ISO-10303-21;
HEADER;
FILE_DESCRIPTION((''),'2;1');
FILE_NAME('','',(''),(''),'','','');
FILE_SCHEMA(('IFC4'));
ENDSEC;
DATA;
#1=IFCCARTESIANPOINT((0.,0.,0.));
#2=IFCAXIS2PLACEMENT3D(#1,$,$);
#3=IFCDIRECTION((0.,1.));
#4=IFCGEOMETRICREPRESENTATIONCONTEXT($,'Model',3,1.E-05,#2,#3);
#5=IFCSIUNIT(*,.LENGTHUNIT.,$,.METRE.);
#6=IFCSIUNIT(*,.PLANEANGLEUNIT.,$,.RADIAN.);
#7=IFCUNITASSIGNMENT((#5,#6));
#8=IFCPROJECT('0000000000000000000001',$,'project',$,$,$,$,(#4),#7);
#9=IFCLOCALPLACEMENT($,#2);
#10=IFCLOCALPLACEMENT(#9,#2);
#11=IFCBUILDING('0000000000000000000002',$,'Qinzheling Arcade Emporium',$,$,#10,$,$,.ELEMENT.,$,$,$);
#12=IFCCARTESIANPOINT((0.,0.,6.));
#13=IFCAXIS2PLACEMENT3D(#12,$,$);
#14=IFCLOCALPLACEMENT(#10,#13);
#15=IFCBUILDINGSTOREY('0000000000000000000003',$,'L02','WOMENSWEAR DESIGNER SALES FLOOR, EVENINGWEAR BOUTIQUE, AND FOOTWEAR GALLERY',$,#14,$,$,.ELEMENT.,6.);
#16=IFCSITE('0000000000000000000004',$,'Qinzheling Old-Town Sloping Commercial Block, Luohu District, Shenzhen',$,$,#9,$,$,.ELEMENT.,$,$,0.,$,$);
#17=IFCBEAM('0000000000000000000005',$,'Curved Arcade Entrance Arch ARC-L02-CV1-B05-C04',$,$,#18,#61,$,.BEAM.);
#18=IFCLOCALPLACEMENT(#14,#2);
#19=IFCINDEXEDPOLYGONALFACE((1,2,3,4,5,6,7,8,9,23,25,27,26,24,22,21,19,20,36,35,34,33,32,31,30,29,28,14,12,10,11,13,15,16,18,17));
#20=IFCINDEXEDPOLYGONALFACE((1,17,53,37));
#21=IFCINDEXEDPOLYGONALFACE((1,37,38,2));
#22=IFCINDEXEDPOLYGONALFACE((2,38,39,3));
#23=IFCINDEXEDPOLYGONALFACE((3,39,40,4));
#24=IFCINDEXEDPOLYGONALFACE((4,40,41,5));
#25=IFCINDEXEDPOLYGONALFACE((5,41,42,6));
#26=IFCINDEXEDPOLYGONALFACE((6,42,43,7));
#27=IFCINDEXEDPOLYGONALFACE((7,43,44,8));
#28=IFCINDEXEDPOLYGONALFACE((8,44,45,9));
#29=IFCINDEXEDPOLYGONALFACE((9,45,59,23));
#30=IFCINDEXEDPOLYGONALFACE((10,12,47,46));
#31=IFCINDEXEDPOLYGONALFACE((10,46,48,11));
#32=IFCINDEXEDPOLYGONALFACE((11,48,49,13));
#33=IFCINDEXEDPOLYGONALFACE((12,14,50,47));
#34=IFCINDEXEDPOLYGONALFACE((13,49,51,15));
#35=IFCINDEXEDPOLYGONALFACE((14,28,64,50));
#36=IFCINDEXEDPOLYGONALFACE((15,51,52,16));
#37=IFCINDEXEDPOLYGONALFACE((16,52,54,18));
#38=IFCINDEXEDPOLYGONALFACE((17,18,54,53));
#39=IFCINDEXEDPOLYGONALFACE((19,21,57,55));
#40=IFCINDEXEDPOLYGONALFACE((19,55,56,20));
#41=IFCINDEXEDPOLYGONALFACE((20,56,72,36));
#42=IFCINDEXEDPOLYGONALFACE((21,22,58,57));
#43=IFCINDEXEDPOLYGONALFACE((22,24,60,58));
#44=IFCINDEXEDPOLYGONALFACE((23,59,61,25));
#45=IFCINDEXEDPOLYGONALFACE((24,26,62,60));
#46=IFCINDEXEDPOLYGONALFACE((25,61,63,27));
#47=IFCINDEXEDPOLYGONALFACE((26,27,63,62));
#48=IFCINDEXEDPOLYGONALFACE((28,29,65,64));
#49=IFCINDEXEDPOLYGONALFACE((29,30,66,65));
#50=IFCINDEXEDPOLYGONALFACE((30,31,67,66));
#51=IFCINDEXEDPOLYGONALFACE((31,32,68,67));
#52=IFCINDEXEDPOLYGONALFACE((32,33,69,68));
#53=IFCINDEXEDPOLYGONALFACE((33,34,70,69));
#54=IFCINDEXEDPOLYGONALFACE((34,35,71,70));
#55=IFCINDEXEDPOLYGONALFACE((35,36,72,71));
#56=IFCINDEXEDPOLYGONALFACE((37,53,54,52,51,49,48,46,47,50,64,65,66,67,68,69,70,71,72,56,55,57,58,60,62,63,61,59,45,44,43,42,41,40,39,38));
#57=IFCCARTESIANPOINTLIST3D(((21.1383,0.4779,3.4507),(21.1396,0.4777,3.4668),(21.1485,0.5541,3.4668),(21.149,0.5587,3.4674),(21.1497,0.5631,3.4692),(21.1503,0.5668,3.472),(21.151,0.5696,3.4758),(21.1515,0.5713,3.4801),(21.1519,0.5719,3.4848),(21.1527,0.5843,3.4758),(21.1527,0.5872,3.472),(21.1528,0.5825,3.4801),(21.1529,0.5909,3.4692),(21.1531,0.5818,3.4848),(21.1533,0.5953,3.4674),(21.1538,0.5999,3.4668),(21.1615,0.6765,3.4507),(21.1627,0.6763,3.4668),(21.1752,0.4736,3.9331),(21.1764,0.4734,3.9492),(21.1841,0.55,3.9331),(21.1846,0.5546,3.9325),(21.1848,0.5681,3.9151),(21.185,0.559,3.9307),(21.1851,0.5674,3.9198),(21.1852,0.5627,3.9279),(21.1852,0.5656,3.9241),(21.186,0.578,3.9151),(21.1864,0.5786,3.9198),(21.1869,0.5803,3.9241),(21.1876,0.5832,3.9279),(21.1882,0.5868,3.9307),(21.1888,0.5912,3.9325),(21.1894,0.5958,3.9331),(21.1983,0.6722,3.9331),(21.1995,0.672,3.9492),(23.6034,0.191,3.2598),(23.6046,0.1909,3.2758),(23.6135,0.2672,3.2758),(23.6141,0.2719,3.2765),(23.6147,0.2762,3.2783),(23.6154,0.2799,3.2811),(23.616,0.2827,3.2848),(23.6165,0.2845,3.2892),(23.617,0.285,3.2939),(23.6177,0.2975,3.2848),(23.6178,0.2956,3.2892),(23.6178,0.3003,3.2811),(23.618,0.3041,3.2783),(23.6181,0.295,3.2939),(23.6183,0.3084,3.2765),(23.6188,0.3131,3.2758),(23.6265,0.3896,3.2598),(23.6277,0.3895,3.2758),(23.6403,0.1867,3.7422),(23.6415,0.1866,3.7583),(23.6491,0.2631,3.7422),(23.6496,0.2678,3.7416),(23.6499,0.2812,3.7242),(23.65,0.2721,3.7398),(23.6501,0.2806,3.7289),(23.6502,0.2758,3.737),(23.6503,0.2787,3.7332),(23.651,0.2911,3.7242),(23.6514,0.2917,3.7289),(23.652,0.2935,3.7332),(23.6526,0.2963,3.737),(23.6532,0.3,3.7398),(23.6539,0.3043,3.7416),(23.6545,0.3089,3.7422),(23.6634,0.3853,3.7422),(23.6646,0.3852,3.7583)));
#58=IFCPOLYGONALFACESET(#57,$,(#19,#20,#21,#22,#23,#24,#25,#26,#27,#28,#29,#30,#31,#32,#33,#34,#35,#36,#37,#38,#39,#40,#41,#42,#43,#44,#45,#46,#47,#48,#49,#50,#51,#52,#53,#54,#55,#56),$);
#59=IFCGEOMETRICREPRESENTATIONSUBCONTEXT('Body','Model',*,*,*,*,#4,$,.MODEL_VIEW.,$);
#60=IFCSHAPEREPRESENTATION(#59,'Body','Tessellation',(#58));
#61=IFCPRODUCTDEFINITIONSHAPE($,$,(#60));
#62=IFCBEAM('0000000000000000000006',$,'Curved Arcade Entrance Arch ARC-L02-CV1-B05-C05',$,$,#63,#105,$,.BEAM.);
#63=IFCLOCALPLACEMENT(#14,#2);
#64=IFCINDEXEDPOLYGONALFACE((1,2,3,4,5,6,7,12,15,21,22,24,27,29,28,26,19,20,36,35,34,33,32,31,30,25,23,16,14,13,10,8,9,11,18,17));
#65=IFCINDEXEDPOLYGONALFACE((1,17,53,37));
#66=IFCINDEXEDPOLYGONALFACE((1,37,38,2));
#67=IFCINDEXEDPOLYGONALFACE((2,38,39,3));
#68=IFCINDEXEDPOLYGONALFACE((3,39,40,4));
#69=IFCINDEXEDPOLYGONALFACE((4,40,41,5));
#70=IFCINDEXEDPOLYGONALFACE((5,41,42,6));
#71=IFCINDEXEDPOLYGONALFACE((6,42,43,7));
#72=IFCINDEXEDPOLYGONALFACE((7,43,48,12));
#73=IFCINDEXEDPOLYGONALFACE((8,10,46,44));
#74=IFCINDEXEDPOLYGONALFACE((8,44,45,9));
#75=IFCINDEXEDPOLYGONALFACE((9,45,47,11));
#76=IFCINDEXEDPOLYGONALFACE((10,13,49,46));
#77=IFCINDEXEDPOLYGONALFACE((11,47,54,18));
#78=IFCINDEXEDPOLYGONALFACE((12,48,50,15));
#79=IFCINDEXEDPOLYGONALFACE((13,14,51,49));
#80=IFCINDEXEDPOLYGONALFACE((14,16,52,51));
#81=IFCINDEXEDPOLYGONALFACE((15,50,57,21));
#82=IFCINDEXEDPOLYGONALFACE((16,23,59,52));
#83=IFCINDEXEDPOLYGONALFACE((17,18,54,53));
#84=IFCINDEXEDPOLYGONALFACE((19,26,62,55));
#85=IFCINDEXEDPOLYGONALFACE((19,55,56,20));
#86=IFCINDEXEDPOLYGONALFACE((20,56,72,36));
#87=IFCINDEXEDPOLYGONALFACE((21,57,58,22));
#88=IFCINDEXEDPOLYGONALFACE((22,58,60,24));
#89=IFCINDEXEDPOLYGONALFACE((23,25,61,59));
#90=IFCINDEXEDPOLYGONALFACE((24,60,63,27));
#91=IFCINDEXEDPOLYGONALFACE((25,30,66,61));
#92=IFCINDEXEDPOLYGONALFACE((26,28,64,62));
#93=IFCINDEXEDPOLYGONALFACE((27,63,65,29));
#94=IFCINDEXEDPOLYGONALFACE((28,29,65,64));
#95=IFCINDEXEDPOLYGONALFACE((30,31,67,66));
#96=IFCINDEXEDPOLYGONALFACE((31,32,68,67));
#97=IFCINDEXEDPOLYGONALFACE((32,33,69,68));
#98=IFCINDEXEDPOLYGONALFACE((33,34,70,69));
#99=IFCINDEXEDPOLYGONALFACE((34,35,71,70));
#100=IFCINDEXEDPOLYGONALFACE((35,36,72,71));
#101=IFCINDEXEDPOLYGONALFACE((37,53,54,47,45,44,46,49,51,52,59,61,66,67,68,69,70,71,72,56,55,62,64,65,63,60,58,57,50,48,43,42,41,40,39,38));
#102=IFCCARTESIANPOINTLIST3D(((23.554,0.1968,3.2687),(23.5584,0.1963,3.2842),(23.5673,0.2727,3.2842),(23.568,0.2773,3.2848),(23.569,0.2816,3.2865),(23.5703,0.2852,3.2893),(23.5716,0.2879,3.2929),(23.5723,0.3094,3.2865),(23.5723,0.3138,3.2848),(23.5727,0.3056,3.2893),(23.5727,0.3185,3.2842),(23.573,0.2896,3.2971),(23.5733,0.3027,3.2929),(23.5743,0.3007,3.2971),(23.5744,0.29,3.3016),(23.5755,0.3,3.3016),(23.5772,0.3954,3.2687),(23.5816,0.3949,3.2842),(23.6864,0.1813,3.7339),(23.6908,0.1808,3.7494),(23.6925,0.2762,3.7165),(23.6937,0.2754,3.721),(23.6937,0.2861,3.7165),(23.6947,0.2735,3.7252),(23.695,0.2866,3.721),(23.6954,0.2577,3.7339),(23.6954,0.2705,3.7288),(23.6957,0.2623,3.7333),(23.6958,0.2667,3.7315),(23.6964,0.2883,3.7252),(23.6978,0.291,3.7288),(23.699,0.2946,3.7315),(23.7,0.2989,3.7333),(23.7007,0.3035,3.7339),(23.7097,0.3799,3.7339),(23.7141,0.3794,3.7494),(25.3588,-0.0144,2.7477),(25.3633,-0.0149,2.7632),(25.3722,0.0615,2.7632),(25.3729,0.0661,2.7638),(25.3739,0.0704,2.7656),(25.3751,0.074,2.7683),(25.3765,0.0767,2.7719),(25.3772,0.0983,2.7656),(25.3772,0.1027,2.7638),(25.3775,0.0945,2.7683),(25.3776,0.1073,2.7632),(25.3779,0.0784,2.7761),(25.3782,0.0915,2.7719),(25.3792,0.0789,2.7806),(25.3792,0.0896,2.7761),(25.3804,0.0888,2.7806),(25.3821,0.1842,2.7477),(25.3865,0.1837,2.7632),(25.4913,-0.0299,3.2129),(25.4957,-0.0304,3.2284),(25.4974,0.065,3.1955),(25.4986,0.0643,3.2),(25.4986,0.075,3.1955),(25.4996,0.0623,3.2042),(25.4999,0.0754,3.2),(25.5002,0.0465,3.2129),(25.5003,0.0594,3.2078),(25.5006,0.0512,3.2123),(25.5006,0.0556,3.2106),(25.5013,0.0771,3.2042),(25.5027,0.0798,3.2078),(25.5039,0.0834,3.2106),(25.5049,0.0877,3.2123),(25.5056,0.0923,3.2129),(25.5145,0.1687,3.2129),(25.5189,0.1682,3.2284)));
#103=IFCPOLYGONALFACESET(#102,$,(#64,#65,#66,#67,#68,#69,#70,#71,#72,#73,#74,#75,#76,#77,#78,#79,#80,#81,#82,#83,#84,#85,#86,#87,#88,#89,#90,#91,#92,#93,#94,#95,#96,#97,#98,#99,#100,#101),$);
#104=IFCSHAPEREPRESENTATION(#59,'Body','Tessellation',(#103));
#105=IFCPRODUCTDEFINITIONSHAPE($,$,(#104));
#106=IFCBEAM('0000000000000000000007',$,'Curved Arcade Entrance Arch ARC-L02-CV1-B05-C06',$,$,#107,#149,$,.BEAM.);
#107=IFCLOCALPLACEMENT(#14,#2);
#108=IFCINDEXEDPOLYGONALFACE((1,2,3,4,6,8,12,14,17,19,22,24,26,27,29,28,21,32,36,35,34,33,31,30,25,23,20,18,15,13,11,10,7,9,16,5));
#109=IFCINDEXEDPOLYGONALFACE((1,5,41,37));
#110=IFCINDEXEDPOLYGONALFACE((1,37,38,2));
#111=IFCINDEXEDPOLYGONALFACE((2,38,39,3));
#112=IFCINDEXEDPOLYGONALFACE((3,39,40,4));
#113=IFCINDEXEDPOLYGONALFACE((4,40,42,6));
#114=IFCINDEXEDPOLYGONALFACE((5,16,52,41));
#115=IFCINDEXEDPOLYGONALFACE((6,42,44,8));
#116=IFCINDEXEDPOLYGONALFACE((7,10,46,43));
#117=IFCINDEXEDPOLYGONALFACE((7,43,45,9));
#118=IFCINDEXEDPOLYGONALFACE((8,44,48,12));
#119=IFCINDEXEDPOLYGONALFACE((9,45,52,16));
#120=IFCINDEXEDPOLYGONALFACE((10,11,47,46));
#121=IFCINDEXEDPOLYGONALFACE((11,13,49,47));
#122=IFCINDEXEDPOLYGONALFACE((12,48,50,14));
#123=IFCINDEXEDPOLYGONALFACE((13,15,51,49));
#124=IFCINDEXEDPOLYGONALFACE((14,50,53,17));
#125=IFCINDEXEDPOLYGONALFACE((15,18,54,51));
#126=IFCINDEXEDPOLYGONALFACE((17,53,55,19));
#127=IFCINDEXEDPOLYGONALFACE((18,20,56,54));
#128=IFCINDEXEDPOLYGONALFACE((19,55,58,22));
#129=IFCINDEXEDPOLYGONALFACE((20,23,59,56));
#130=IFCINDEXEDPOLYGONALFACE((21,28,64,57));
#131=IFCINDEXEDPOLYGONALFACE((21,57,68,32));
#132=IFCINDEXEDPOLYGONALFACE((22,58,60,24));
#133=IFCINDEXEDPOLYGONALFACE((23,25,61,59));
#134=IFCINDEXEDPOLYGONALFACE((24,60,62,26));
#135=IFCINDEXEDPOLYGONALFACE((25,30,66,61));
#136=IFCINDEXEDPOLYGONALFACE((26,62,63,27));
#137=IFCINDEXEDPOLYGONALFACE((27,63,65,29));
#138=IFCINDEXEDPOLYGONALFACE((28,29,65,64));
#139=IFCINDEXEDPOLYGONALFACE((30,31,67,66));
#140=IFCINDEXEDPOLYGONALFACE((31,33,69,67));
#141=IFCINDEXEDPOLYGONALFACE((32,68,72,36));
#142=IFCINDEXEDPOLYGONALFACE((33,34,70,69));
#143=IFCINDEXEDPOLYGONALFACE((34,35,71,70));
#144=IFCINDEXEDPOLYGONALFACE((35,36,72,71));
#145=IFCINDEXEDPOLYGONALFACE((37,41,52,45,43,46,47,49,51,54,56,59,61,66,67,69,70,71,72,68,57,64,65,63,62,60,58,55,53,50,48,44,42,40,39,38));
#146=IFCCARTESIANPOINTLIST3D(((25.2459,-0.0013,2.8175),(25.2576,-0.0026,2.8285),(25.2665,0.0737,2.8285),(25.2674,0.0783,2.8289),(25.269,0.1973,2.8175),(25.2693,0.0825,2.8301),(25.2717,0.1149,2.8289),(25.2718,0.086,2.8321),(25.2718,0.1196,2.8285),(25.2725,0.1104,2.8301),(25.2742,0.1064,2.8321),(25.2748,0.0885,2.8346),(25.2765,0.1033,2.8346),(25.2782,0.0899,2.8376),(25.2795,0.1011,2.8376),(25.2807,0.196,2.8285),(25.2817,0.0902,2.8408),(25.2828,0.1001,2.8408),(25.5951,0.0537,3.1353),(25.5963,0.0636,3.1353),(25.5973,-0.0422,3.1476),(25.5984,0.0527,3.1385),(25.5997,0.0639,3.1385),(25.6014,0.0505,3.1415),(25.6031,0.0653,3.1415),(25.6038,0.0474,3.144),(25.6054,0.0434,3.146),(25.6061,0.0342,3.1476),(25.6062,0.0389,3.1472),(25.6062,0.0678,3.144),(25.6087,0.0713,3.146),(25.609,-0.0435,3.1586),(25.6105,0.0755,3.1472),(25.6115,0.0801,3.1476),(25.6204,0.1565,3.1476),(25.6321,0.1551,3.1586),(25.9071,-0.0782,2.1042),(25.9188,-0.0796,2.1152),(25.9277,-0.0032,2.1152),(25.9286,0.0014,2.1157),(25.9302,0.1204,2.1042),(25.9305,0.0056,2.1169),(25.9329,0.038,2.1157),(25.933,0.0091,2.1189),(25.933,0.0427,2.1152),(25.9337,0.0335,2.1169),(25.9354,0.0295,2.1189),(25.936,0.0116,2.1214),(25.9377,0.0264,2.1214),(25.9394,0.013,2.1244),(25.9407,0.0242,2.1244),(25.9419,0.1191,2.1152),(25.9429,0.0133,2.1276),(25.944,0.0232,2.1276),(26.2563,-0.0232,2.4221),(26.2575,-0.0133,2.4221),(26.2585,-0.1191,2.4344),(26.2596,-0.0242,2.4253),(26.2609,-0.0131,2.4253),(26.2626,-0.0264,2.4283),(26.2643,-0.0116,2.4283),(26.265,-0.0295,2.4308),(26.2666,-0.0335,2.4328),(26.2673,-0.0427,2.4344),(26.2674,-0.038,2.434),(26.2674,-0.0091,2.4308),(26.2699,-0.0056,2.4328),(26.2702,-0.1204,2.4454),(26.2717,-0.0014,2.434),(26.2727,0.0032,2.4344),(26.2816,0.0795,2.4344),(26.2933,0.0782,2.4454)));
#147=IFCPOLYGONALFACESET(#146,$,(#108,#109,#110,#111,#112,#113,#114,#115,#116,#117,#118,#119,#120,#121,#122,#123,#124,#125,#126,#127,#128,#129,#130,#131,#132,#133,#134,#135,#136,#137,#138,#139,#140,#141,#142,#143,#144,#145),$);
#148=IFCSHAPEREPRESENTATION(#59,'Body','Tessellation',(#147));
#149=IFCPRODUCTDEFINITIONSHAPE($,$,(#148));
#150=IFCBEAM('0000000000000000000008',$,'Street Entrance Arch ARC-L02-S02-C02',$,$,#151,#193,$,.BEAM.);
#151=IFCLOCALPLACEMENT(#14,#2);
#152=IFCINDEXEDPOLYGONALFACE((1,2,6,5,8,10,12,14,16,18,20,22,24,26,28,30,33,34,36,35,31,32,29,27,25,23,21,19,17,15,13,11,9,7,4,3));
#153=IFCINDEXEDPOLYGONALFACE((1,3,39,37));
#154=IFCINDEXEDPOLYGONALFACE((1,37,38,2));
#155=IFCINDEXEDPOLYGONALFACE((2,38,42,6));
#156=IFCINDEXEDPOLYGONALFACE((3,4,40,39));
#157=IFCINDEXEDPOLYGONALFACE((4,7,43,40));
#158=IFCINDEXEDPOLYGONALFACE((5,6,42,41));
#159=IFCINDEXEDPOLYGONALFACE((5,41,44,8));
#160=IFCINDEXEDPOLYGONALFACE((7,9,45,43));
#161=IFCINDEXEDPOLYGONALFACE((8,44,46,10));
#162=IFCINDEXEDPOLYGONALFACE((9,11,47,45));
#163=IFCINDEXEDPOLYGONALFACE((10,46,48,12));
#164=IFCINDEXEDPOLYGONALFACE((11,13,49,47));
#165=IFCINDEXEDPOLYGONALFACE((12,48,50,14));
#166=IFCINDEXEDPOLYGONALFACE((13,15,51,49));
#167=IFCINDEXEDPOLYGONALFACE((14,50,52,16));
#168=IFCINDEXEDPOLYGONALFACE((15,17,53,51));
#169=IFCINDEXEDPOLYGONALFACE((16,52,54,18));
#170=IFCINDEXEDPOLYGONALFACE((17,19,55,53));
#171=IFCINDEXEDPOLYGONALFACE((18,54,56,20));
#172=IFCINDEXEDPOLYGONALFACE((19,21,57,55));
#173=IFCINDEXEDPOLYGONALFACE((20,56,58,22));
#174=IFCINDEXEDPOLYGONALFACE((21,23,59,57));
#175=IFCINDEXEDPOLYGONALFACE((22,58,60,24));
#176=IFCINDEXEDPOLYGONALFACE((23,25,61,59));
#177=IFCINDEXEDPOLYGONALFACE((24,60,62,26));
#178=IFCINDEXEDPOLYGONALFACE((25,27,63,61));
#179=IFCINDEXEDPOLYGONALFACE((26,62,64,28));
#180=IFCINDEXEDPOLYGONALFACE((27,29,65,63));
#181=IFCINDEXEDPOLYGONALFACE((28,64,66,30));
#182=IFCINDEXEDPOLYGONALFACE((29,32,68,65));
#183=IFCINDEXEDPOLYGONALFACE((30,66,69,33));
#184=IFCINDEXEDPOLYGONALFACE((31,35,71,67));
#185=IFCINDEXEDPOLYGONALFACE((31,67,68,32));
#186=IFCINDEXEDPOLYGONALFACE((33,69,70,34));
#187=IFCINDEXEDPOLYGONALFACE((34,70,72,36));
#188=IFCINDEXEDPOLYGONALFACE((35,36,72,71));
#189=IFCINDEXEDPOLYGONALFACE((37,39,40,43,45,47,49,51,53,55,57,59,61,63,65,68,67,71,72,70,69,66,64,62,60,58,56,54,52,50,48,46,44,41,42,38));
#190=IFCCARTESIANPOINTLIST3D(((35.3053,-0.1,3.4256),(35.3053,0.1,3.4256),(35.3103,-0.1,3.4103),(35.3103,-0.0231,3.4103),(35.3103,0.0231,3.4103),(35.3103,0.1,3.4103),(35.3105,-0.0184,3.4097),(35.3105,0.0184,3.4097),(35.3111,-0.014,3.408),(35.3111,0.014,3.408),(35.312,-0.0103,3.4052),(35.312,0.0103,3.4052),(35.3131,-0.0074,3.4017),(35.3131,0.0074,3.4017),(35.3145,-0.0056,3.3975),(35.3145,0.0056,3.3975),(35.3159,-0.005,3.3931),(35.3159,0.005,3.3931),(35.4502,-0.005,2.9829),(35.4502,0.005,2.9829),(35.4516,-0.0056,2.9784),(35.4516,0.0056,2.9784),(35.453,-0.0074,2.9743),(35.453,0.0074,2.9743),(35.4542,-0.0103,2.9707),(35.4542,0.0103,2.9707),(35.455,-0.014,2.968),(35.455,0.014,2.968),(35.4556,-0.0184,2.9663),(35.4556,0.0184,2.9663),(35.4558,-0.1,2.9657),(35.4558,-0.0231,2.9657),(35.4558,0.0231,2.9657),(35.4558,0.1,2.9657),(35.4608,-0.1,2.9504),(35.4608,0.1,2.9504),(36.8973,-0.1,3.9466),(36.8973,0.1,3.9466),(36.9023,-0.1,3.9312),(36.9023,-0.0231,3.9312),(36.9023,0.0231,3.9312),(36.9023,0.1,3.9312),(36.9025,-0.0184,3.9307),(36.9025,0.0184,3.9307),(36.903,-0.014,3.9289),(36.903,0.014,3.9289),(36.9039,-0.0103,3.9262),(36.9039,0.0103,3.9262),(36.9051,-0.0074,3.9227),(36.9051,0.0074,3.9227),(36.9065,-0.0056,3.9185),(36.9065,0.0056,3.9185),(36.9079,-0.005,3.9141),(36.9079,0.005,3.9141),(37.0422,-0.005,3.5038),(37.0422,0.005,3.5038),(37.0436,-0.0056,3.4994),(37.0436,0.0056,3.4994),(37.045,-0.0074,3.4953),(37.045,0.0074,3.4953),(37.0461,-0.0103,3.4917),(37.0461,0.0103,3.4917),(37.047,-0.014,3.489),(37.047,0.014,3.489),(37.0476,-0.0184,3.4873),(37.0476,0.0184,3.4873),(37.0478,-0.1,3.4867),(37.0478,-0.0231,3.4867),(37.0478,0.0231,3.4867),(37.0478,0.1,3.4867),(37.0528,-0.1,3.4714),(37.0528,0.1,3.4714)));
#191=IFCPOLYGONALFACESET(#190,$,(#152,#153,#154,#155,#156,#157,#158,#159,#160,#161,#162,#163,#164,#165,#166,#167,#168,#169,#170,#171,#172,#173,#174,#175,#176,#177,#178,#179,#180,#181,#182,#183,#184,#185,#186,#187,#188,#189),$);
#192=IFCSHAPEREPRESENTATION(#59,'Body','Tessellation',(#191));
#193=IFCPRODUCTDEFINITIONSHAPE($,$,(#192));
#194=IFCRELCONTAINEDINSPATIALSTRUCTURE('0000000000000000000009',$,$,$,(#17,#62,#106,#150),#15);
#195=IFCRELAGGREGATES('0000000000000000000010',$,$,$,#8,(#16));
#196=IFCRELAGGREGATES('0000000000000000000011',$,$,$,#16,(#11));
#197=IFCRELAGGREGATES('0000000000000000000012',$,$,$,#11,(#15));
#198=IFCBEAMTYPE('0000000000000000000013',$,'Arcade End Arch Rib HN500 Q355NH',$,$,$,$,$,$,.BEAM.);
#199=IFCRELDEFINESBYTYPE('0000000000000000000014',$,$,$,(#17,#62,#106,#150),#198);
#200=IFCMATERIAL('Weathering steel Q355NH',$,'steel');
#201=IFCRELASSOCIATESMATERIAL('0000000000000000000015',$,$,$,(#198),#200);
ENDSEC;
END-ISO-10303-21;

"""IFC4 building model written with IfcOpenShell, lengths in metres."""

from ifc_helpers import new_model, si_unit, direction, frame, origin, origin_2d, place, context, subcontext, project, spatial, i_section, extrude, material, material_profile, profile_set, type_object, element, save


model = new_model("IFC4")

# Units and contexts
model_context = context("Model", 3, precision=1e-05, world=origin(), true_north=direction((0.0, 1.0)))
body_context = subcontext(model_context, "Body", "Model", "MODEL_VIEW")
ifc_project = project(units=[si_unit("LENGTHUNIT", "METRE"), si_unit("PLANEANGLEUNIT", "RADIAN")], contexts=[model_context])

# Site, building, storey
site_placement = place(None, origin())
site = spatial("IfcSite", under=ifc_project, at=site_placement, Name="Qinzheling Old-Town Sloping Commercial Block, Luohu District, Shenzhen", CompositionType="ELEMENT", RefElevation=0.0)
building_placement = place(site_placement, origin())
building = spatial("IfcBuilding", under=site, at=building_placement, Name="Qinzheling Arcade Emporium", CompositionType="ELEMENT")
storey_placement = place(building_placement, frame((0.0, 0.0, 6.0)))
storey = spatial("IfcBuildingStorey", under=building, at=storey_placement, Name="L02", Description="WOMENSWEAR DESIGNER SALES FLOOR, EVENINGWEAR BOUTIQUE, AND FOOTWEAR GALLERY", CompositionType="ELEMENT", Elevation=6.0)

# Beams
ifc_material_1 = material(Name="Weathering steel Q355NH", Category="steel")
ifc_material_profile_1 = material_profile(ifc_material_1, i_section(OverallWidth=0.2, OverallDepth=0.5, WebThickness=0.01, FlangeThickness=0.0161, FilletRadius=0.0181, at=origin_2d()), Name="HN 500x200x10x16", Category="steel")
ifc_profile_set_1 = profile_set([ifc_material_profile_1], Name="Weathering steel Q355NH")
beam_type_1 = type_object("IfcBeamType", Name="Arcade End Arch Rib HN500 Q355NH", PredefinedType="BEAM", material=ifc_profile_set_1)
beam_1_placement = place(storey_placement, frame((21.1689, 0.575, 3.7), z_axis=(0.990371, -0.115251, -0.076703), x_axis=(0.115591, 0.993297, 0.0)))
element("IfcBeam", 1, at=beam_1_placement, inside=storey, type_object=beam_type_1, Name="Curved Arcade Entrance Arch ARC-L02-CV1-B05-C04", PredefinedType="BEAM", context=body_context, shape_type="SweptSolid", body=[
    extrude(i_section(OverallWidth=0.2, OverallDepth=0.5, WebThickness=0.01, FlangeThickness=0.0161, FilletRadius=0.0181, at=origin_2d()), origin(), (0.0, 0.0, 1.0), 2.489),
])
beam_2_placement = place(storey_placement, frame((23.634, 0.2881, 3.509), z_axis=(0.954761, -0.11171, -0.275593), x_axis=(0.11621, 0.993225, 0.0)))
element("IfcBeam", 2, at=beam_2_placement, inside=storey, type_object=beam_type_1, Name="Curved Arcade Entrance Arch ARC-L02-CV1-B05-C05", PredefinedType="BEAM", context=body_context, shape_type="SweptSolid", body=[
    extrude(i_section(OverallWidth=0.2, OverallDepth=0.5, WebThickness=0.01, FlangeThickness=0.0161, FilletRadius=0.0181, at=origin_2d()), origin(), (0.0, 0.0, 1.0), 1.8904),
])
beam_3_placement = place(storey_placement, frame((25.439, 0.0769, 2.988), z_axis=(0.677747, -0.078837, -0.731056), x_axis=(0.115543, 0.993302, 0.0)))
element("IfcBeam", 3, at=beam_3_placement, inside=storey, type_object=beam_type_1, Name="Curved Arcade Entrance Arch ARC-L02-CV1-B05-C06", PredefinedType="BEAM", context=body_context, shape_type="SweptSolid", body=[
    extrude(i_section(OverallWidth=0.2, OverallDepth=0.5, WebThickness=0.01, FlangeThickness=0.0161, FilletRadius=0.0181, at=origin_2d()), origin(), (0.0, 0.0, 1.0), 0.9756),
])
beam_4_placement = place(storey_placement, frame((35.3831, 0.0, 3.188), z_axis=(0.950403, 0.0, 0.31102), x_axis=(0.0, 1.0, 0.0)))
element("IfcBeam", 4, at=beam_4_placement, inside=storey, type_object=beam_type_1, Name="Street Entrance Arch ARC-L02-S02-C02", PredefinedType="BEAM", context=body_context, shape_type="SweptSolid", body=[
    extrude(i_section(OverallWidth=0.2, OverallDepth=0.5, WebThickness=0.01, FlangeThickness=0.0161, FilletRadius=0.0181, at=origin_2d()), origin(), (0.0, 0.0, 1.0), 1.675),
])

save(model, "model.ifc")
